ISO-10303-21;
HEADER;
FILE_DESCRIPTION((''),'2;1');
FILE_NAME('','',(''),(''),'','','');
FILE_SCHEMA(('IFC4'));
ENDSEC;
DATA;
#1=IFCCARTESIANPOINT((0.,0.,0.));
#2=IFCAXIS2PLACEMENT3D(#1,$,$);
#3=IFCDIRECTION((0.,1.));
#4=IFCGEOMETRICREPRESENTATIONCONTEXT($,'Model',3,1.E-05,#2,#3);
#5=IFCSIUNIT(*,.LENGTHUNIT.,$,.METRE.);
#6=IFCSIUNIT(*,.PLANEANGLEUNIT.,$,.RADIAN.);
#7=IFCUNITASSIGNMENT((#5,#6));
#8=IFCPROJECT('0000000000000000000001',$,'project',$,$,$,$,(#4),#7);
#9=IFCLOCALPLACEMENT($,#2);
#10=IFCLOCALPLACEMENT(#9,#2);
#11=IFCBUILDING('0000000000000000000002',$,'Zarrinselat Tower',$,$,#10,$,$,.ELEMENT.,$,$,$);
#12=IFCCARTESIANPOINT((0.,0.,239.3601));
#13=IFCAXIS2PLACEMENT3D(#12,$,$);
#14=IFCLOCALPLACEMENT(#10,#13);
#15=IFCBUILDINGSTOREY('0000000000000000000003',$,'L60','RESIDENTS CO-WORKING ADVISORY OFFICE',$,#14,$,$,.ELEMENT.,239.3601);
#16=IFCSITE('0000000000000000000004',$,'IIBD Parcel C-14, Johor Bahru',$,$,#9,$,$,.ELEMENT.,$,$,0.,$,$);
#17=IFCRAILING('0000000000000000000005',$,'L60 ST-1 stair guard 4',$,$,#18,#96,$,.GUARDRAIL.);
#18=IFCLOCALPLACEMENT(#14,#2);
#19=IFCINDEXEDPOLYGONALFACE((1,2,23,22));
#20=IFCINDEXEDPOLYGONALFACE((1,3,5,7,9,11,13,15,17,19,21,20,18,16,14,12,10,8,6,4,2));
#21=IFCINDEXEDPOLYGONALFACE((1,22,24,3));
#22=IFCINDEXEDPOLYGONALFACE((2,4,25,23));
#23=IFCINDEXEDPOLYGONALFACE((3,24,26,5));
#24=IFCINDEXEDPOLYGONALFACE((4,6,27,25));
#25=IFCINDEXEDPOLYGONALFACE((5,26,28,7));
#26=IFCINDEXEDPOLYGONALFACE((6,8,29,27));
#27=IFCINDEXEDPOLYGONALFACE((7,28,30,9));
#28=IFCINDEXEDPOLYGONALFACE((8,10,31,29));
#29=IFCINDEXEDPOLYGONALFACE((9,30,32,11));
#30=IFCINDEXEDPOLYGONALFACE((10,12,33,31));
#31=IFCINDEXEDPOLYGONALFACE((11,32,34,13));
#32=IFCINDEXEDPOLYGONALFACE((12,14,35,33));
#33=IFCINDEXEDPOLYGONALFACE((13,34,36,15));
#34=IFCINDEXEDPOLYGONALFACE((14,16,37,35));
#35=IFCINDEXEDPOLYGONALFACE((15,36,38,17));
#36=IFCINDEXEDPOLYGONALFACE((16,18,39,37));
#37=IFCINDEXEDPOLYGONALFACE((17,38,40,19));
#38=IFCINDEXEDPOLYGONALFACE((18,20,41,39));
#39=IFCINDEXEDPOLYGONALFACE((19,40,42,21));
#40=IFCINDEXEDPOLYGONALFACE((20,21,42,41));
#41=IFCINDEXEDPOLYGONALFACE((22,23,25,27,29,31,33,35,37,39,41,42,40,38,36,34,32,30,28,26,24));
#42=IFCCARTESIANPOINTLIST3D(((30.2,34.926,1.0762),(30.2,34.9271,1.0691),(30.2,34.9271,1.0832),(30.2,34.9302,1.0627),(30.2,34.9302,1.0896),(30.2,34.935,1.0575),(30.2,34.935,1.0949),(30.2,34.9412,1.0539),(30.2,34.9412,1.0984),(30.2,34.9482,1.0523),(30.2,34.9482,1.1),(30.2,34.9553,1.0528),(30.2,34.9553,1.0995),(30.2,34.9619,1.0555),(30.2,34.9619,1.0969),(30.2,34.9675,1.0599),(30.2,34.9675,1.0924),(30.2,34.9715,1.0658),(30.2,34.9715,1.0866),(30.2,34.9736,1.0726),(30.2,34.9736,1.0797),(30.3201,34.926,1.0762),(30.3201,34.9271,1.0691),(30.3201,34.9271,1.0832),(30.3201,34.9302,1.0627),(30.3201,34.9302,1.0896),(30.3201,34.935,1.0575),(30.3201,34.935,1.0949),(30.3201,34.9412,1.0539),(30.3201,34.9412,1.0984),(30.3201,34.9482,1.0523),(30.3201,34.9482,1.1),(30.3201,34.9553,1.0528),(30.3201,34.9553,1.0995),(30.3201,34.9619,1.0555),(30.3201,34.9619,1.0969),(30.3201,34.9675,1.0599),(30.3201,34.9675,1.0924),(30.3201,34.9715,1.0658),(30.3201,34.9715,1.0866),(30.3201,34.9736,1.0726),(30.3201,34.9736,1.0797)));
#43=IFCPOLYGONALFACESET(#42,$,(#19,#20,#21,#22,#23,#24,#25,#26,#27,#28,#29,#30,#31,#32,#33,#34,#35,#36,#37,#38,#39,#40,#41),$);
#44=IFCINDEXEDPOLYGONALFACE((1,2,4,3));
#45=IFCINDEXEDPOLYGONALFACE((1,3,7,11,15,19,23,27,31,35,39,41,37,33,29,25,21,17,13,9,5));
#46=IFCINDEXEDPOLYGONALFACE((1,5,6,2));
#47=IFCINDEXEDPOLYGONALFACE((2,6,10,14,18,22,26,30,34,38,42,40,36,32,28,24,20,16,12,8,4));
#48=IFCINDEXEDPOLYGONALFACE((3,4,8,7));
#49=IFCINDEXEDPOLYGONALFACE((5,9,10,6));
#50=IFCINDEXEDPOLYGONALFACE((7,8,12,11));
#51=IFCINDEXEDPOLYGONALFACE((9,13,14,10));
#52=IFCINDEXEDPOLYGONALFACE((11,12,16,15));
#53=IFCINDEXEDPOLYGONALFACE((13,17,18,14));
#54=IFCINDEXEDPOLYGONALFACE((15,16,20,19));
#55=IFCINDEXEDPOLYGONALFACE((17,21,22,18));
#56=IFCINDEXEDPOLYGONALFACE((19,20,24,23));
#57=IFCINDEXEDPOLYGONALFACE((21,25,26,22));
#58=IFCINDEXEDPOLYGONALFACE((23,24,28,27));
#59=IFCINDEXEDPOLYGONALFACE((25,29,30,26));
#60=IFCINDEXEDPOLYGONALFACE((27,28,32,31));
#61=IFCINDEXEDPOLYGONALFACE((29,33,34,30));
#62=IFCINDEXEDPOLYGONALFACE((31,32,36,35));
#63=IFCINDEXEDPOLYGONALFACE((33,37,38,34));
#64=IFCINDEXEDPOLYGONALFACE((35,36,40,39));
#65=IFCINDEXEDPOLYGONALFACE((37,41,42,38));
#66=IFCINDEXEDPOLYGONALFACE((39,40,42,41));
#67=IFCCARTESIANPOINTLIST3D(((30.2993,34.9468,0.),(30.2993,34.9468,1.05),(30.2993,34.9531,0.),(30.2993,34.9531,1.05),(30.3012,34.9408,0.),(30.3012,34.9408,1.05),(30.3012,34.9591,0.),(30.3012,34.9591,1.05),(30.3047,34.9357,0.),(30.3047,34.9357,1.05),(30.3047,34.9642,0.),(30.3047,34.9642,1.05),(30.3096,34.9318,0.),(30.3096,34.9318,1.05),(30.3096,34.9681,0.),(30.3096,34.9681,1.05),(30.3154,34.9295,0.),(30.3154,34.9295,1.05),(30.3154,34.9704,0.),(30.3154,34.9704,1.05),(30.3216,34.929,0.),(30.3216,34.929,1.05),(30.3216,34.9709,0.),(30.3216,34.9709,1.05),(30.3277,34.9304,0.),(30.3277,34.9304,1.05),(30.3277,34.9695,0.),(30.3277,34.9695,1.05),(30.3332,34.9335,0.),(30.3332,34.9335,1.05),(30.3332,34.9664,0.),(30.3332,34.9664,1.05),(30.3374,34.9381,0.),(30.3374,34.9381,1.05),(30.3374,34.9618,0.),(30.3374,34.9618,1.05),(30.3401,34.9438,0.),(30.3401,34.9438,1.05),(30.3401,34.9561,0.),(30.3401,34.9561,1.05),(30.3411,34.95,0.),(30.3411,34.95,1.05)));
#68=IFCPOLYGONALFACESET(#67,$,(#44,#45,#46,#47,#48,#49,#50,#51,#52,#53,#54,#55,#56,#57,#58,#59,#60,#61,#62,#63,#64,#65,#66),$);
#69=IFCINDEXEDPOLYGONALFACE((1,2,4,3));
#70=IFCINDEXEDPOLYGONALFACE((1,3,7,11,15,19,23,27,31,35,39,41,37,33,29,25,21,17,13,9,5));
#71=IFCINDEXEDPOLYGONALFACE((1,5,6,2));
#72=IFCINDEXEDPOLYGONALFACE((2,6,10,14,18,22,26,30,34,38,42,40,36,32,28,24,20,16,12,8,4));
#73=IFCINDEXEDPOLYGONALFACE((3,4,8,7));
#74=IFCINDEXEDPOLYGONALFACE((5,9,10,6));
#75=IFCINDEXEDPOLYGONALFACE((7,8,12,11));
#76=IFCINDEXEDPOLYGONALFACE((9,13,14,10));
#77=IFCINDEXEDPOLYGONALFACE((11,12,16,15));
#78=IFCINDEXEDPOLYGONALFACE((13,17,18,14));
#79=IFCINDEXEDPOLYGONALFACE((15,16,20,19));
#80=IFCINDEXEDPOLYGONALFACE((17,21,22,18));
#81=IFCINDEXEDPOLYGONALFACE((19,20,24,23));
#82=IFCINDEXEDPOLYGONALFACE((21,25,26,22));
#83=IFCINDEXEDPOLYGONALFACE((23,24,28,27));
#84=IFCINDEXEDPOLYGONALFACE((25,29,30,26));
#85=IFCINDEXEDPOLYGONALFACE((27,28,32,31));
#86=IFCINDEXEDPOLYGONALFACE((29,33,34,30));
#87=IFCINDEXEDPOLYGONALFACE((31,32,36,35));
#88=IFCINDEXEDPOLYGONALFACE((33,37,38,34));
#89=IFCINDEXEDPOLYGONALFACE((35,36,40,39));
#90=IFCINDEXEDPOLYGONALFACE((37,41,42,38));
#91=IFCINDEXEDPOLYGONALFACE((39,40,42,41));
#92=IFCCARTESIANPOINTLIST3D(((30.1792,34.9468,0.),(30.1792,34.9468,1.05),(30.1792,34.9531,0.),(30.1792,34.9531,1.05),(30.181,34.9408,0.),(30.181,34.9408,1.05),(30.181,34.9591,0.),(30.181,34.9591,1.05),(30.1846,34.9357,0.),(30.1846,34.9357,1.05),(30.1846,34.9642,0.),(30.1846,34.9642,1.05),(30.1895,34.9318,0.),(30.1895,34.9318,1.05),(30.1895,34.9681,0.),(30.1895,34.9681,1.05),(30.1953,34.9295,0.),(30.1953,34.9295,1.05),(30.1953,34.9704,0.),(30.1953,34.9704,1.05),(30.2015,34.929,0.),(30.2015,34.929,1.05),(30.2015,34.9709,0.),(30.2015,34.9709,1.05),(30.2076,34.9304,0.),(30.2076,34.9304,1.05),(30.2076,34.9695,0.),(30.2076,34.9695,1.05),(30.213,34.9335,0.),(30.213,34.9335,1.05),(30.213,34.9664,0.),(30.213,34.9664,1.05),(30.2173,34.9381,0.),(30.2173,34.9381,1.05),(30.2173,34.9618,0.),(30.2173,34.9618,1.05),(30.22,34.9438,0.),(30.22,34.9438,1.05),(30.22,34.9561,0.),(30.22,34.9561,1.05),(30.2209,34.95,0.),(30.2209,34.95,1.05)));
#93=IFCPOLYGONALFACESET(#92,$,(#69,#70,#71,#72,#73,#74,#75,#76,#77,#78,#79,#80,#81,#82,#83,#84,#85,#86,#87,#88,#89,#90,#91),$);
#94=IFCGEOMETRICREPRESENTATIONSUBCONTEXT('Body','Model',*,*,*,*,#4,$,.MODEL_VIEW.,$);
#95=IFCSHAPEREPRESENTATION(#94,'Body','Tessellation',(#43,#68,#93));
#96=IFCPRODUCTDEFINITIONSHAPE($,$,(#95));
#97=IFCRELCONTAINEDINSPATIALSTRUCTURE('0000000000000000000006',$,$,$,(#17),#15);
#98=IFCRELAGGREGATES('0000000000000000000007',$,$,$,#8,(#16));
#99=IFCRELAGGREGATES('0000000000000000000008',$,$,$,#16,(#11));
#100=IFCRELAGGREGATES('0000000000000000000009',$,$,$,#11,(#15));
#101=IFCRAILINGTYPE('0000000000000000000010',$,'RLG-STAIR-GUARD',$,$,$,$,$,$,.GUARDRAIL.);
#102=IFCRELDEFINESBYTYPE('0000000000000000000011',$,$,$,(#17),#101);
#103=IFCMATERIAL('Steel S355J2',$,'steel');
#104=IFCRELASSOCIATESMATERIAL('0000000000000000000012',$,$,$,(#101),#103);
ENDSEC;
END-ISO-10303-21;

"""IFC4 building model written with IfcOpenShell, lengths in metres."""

from ifc_helpers import new_model, si_unit, direction, frame, origin, origin_2d, place, context, subcontext, project, spatial, circle, extrude, material, type_object, element, save


model = new_model("IFC4")

# Units and contexts
model_context = context("Model", 3, precision=1e-05, world=origin(), true_north=direction((0.0, 1.0)))
body_context = subcontext(model_context, "Body", "Model", "MODEL_VIEW")
ifc_project = project(units=[si_unit("LENGTHUNIT", "METRE"), si_unit("PLANEANGLEUNIT", "RADIAN")], contexts=[model_context])

# Site, building, storey
site_placement = place(None, origin())
site = spatial("IfcSite", under=ifc_project, at=site_placement, Name="IIBD Parcel C-14, Johor Bahru", CompositionType="ELEMENT", RefElevation=0.0)
building_placement = place(site_placement, origin())
building = spatial("IfcBuilding", under=site, at=building_placement, Name="Zarrinselat Tower", CompositionType="ELEMENT")
storey_placement = place(building_placement, frame((0.0, 0.0, 239.3601)))
storey = spatial("IfcBuildingStorey", under=building, at=storey_placement, Name="L60", Description="RESIDENTS CO-WORKING ADVISORY OFFICE", CompositionType="ELEMENT", Elevation=239.3601)

# Railing
ifc_material_1 = material(Name="Steel S355J2", Category="steel")
railing_type_1 = type_object("IfcRailingType", Name="RLG-STAIR-GUARD", PredefinedType="GUARDRAIL", material=ifc_material_1)
railing_1_placement = place(storey_placement, frame((30.3201, 34.95, 0.0)))
element("IfcRailing", 1, at=railing_1_placement, inside=storey, type_object=railing_type_1, Name="L60 ST-1 stair guard 4", PredefinedType="GUARDRAIL", context=body_context, shape_type="SweptSolid", body=[
    extrude(circle(Radius=0.0239, at=origin_2d()), frame((0.0, 0.0, 1.0762), z_axis=(-1.0, 0.0, 0.0), x_axis=(0.0, -1.0, 0.0)), (0.0, 0.0, 1.0), 0.1201),
    extrude(circle(Radius=0.021, at=origin_2d()), origin(), (0.0, 0.0, 1.0), 1.05),
    extrude(circle(Radius=0.021, at=origin_2d()), frame((-0.1201, 0.0, 0.0)), (0.0, 0.0, 1.0), 1.05),
])

save(model, "model.ifc")
